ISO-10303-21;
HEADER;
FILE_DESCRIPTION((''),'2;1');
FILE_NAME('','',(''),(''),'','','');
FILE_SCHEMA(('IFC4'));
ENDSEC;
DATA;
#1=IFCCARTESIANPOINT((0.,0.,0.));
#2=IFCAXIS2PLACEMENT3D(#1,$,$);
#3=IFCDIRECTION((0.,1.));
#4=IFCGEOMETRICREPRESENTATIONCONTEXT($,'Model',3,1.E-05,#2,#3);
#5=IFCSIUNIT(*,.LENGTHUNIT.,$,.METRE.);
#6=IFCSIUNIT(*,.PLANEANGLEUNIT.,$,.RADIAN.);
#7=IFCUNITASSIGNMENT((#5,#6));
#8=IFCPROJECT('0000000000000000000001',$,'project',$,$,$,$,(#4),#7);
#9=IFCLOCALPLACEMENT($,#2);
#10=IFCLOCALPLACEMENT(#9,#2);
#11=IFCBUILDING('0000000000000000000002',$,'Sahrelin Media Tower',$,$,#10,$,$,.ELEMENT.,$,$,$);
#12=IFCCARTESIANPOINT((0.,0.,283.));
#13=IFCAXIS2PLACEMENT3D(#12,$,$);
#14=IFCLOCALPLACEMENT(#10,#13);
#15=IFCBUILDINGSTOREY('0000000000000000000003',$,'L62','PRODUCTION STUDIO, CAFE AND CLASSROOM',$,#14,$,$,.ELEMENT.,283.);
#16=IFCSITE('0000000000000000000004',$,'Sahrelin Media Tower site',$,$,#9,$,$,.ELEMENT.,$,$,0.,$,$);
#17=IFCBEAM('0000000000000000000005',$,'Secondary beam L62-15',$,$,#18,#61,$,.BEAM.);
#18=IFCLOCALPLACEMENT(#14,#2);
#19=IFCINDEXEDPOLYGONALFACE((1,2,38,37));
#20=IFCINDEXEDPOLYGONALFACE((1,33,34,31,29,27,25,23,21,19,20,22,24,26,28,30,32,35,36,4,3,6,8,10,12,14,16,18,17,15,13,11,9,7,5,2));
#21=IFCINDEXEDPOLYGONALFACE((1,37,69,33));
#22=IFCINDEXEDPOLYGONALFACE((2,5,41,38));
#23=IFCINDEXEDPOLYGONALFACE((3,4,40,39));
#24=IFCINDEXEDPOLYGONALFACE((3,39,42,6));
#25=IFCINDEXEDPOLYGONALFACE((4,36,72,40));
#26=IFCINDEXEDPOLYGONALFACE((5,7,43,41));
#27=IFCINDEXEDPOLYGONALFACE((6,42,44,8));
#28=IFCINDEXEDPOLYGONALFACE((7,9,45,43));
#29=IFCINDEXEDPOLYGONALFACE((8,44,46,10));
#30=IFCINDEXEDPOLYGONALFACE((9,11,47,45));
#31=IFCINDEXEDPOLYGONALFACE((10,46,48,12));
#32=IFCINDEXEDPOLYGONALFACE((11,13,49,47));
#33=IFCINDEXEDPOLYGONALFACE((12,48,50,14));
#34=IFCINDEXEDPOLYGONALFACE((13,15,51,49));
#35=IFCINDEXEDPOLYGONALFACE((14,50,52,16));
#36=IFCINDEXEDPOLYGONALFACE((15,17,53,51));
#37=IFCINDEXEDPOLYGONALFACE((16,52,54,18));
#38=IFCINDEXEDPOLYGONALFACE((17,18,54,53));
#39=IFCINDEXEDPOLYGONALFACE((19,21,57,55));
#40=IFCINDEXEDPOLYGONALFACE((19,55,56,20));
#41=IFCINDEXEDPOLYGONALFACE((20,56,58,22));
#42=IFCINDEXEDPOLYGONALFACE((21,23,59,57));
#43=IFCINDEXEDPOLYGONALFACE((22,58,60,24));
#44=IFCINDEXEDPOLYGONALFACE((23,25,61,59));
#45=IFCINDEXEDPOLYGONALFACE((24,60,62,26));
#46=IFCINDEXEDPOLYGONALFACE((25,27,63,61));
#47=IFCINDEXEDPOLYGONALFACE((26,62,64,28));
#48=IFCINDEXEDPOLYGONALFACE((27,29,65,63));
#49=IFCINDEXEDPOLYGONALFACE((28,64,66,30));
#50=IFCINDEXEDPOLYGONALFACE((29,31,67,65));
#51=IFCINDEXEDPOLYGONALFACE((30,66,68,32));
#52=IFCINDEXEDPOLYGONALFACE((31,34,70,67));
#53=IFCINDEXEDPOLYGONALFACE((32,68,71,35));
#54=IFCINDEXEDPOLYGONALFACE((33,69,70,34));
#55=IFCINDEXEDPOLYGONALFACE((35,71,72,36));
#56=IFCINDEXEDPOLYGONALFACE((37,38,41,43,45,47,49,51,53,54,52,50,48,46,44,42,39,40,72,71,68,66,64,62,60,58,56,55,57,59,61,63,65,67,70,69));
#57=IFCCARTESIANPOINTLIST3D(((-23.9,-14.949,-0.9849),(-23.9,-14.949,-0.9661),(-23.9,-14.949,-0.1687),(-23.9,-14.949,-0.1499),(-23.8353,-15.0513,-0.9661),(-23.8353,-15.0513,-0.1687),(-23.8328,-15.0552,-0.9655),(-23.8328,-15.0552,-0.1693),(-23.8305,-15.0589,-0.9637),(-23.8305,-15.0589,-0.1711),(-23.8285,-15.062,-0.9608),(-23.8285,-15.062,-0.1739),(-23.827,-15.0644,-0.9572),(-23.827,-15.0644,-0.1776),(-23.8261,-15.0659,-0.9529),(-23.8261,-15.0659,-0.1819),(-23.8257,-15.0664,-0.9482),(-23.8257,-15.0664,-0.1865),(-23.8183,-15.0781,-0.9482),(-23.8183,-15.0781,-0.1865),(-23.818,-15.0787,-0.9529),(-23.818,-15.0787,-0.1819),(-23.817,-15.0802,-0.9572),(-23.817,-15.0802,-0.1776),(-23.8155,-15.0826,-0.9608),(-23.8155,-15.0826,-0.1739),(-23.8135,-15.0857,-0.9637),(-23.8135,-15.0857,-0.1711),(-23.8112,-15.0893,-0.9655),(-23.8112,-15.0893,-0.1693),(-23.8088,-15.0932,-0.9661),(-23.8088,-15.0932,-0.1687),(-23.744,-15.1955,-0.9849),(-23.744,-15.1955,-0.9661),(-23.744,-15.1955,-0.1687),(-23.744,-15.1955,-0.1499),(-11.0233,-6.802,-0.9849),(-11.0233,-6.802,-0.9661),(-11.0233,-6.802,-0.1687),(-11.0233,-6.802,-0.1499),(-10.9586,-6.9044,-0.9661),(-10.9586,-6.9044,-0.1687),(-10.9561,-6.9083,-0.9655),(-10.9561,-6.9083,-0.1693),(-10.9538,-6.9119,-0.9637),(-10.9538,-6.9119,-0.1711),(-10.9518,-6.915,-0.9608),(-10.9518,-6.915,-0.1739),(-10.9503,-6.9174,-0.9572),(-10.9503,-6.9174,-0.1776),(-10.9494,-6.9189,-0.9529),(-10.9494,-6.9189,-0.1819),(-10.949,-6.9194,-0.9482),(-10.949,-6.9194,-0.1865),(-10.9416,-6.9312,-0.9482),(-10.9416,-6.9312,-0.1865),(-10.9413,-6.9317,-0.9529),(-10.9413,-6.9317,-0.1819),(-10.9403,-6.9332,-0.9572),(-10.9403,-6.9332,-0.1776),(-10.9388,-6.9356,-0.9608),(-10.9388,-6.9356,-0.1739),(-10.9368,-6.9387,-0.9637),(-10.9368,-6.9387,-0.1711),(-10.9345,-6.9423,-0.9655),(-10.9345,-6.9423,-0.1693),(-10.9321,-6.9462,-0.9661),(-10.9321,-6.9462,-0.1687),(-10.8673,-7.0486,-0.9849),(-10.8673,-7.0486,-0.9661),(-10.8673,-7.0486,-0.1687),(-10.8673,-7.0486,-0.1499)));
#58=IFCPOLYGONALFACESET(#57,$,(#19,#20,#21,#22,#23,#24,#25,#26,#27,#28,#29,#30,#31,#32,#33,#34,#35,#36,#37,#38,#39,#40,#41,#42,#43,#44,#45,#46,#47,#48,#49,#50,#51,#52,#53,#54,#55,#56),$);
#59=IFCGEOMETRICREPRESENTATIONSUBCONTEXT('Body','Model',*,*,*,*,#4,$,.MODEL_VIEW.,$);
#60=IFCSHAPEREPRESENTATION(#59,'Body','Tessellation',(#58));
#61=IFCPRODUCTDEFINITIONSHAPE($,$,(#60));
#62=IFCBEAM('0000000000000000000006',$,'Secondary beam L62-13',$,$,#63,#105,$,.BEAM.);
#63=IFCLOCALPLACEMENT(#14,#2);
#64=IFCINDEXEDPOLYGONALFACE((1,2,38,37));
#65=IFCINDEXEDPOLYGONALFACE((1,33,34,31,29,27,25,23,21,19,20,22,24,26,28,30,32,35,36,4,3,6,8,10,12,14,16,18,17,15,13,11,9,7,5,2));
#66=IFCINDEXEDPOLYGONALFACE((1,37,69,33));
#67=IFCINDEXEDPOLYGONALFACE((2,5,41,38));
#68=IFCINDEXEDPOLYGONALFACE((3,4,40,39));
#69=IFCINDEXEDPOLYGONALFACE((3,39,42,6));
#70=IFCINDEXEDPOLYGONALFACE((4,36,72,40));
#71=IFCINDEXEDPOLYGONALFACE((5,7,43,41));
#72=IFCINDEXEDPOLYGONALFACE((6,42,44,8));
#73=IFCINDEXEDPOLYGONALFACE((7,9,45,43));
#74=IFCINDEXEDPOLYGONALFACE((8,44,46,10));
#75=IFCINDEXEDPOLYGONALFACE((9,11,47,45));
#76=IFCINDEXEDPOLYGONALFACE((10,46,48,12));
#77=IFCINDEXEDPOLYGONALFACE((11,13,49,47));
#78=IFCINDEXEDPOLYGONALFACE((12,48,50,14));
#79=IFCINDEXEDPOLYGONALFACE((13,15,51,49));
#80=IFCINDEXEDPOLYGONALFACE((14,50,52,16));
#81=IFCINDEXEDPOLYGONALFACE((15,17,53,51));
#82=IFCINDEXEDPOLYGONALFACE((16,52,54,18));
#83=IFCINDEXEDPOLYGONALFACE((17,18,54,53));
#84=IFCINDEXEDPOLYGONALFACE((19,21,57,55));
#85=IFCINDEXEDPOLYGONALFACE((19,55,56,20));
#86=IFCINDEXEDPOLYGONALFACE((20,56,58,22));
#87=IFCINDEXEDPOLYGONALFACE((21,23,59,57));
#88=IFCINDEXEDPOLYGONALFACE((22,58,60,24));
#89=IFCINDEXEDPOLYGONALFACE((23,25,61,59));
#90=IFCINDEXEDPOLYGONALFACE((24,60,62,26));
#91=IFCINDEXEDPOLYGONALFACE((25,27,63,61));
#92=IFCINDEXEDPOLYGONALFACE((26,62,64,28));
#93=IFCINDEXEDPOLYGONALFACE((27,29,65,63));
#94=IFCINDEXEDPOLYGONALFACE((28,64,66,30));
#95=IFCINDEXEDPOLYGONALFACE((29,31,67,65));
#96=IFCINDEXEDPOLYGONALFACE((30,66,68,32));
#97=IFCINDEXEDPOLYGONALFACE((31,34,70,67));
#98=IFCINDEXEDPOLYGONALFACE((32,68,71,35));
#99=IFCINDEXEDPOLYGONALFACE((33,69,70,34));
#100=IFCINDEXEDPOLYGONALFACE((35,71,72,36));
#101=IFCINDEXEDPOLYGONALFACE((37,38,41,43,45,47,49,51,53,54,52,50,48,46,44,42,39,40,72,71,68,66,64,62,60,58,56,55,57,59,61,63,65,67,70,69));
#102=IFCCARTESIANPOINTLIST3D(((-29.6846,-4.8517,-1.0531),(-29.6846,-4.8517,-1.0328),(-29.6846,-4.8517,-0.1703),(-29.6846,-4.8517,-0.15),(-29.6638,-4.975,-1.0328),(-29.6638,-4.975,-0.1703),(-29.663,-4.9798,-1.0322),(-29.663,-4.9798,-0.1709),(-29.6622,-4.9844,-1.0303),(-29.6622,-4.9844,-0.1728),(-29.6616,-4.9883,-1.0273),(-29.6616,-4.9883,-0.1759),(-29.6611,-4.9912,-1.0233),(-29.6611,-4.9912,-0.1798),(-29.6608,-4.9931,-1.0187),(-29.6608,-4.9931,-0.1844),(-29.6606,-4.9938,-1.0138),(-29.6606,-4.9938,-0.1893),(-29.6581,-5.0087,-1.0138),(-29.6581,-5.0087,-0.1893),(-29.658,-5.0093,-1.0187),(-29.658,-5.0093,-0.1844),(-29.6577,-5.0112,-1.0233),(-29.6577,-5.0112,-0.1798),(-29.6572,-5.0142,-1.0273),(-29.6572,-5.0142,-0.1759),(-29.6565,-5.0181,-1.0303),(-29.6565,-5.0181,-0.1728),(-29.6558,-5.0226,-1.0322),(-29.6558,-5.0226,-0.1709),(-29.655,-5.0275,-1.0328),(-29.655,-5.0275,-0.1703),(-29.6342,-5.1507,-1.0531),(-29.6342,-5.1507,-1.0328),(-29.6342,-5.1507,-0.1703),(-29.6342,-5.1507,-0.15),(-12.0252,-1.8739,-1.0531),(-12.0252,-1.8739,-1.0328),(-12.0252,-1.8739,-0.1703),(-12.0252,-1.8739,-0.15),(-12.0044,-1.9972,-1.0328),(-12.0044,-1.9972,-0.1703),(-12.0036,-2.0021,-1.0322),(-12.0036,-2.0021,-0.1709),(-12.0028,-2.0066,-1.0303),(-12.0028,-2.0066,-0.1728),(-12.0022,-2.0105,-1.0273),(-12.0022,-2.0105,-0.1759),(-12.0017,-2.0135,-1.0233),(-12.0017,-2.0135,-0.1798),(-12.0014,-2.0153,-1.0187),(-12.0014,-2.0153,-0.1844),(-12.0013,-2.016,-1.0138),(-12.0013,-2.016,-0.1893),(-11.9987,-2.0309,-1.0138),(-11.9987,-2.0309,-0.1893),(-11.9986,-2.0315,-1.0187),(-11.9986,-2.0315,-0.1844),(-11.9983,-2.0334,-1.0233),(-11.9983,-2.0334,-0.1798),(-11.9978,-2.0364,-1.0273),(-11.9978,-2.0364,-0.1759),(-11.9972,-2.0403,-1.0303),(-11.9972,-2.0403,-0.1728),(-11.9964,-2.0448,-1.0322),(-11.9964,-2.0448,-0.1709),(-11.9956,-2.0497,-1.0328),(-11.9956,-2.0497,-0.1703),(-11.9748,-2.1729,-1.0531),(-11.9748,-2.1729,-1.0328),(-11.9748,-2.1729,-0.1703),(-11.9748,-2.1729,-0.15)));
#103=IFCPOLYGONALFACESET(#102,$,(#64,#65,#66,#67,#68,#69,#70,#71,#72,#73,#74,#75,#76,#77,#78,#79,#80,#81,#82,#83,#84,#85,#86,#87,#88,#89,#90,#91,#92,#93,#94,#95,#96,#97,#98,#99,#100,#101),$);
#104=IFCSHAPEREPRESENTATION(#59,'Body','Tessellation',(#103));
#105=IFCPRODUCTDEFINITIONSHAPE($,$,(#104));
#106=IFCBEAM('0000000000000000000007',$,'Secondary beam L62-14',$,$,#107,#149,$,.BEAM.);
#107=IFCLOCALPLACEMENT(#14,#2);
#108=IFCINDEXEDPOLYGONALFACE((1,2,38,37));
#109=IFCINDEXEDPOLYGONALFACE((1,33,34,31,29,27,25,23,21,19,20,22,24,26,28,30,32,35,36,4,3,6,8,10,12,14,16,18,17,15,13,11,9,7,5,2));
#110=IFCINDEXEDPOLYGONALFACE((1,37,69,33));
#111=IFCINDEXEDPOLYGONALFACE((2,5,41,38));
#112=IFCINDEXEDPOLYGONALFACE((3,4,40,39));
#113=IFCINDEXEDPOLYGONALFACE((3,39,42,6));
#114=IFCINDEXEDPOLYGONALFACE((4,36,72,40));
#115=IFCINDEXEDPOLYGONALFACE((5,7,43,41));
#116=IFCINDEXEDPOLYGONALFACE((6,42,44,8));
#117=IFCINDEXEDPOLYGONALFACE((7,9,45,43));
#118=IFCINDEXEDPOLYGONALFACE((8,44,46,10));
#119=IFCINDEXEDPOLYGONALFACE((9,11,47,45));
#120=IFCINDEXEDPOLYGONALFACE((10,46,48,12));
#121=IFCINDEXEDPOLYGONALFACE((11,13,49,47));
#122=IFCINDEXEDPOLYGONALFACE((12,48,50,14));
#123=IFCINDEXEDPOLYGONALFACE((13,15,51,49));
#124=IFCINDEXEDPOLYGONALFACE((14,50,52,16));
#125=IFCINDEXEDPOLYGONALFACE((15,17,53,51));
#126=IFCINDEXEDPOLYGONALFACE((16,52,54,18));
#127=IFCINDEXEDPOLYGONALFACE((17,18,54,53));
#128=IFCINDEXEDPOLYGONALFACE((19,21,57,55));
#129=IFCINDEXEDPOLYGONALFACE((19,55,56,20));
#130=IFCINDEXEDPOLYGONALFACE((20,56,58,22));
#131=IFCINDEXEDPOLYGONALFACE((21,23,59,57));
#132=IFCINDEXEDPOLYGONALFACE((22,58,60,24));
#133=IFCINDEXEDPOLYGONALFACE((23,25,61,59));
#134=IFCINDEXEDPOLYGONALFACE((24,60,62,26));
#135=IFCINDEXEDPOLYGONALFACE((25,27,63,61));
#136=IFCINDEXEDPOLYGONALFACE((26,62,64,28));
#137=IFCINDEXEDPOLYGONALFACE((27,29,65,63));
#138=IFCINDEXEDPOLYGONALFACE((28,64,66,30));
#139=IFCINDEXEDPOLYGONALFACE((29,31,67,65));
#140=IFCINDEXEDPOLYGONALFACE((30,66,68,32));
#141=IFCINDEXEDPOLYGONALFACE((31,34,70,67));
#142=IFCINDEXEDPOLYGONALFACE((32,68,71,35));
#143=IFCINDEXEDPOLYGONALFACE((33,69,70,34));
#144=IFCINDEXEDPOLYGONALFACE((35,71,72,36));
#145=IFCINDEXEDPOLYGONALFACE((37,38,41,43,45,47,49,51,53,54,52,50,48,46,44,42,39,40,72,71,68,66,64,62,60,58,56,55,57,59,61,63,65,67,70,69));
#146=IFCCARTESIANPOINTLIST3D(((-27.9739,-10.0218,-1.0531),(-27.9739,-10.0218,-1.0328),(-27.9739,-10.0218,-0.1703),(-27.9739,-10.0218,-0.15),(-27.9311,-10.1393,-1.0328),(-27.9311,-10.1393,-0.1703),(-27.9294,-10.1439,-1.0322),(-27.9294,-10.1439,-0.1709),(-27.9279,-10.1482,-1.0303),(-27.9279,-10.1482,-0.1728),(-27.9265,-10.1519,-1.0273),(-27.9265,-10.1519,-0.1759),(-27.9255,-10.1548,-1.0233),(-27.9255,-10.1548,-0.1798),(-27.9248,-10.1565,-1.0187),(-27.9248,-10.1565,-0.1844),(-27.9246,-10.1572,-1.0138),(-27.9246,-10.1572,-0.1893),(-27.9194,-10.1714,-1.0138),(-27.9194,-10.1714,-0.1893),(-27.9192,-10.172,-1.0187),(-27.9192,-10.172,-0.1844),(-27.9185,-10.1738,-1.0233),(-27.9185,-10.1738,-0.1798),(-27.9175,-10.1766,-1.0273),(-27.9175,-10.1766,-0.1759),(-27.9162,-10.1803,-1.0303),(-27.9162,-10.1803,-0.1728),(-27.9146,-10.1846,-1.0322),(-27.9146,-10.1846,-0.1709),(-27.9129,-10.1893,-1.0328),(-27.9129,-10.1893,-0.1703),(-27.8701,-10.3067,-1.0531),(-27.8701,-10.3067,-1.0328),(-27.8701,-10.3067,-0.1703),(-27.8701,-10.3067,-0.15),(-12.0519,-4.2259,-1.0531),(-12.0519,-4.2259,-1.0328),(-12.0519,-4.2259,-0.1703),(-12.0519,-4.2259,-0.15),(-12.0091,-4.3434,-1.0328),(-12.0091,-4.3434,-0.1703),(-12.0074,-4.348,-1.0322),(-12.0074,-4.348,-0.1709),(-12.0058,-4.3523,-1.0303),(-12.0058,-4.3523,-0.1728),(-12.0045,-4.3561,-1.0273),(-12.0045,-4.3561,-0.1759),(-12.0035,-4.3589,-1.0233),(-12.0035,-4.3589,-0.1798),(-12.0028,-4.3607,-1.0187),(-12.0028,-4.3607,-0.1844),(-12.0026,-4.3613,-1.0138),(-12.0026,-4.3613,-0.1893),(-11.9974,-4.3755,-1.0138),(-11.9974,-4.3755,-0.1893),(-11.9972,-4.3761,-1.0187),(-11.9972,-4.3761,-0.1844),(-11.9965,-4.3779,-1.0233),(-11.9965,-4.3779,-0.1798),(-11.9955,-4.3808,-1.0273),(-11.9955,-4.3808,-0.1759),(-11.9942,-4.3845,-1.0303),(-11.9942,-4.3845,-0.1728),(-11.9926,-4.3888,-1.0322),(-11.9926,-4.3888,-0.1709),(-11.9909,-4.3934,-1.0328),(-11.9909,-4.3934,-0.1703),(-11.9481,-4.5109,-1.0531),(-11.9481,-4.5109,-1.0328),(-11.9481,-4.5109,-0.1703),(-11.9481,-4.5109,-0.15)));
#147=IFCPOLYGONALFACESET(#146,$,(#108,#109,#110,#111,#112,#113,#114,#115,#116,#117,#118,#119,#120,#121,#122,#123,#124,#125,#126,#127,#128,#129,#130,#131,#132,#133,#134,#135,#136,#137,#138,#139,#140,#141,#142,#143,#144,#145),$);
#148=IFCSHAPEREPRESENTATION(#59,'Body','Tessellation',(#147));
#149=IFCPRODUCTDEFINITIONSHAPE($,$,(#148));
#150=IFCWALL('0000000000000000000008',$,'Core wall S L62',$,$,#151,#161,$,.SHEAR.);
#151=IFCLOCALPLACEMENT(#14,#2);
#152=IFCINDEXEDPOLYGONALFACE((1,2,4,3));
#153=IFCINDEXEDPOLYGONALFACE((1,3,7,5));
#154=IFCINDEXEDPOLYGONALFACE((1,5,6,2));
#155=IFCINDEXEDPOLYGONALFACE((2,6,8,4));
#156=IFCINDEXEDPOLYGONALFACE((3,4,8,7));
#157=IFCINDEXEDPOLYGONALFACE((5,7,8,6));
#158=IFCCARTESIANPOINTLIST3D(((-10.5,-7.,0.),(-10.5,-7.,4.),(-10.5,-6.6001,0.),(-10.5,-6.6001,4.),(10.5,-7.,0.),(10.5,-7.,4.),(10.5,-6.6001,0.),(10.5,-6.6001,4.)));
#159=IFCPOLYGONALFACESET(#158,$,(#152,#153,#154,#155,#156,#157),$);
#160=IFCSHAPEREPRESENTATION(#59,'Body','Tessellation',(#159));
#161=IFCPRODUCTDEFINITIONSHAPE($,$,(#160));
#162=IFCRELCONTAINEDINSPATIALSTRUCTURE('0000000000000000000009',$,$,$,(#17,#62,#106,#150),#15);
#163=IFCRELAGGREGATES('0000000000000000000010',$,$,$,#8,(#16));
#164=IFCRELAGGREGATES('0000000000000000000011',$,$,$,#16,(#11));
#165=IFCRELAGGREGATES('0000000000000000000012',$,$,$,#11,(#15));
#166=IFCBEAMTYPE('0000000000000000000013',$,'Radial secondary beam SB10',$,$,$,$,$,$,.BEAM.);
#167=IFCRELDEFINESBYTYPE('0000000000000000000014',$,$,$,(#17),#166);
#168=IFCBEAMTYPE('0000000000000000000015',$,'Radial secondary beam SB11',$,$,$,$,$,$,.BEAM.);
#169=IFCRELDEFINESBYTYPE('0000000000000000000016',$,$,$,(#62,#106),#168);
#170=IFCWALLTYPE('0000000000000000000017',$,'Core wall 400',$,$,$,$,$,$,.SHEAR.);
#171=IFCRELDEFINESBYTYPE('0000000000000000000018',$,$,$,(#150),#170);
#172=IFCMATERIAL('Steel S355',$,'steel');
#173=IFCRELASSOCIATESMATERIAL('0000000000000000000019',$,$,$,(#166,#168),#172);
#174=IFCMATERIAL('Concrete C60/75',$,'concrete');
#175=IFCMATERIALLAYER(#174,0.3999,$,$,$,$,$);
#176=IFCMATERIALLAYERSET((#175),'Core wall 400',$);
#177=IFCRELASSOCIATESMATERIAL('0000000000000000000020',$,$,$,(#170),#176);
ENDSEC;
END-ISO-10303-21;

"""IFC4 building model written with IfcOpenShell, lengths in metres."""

from ifc_helpers import new_model, si_unit, direction, frame, frame_2d, origin, origin_2d, place, context, subcontext, project, spatial, rectangle, i_section, extrude, material, layer, layer_set, material_profile, profile_set, type_object, element, save


model = new_model("IFC4")

# Units and contexts
model_context = context("Model", 3, precision=1e-05, world=origin(), true_north=direction((0.0, 1.0)))
body_context = subcontext(model_context, "Body", "Model", "MODEL_VIEW")
ifc_project = project(units=[si_unit("LENGTHUNIT", "METRE"), si_unit("PLANEANGLEUNIT", "RADIAN")], contexts=[model_context])

# Site, building, storey
site_placement = place(None, origin())
site = spatial("IfcSite", under=ifc_project, at=site_placement, Name="Sahrelin Media Tower site", CompositionType="ELEMENT", RefElevation=0.0)
building_placement = place(site_placement, origin())
building = spatial("IfcBuilding", under=site, at=building_placement, Name="Sahrelin Media Tower", CompositionType="ELEMENT")
storey_placement = place(building_placement, frame((0.0, 0.0, 283.0)))
storey = spatial("IfcBuildingStorey", under=building, at=storey_placement, Name="L62", Description="PRODUCTION STUDIO, CAFE AND CLASSROOM", CompositionType="ELEMENT", Elevation=283.0)

# Beams
ifc_material_1 = material(Name="Steel S355", Category="steel")
ifc_material_profile_1 = material_profile(ifc_material_1, i_section(OverallWidth=0.2917, OverallDepth=0.835, WebThickness=0.0139, FlangeThickness=0.0188, FilletRadius=0.0178, at=origin_2d()), Name="UB 838x292x176")
ifc_profile_set_1 = profile_set([ifc_material_profile_1], Name="Steel S355")
beam_type_1 = type_object("IfcBeamType", Name="Radial secondary beam SB10", PredefinedType="BEAM", material=ifc_profile_set_1)
beam_1_placement = place(storey_placement, frame((-10.9453, -6.9253, -0.5674), z_axis=(-0.845065, -0.534664, 0.0), x_axis=(0.534664, -0.845065, 0.0)))
element("IfcBeam", 1, at=beam_1_placement, inside=storey, type_object=beam_type_1, Name="Secondary beam L62-15", PredefinedType="BEAM", context=body_context, shape_type="SweptSolid", body=[
    extrude(i_section(OverallWidth=0.2917, OverallDepth=0.835, WebThickness=0.0139, FlangeThickness=0.0188, FilletRadius=0.0178, at=origin_2d()), origin(), (0.0, 0.0, 1.0), 15.2375),
])
ifc_material_profile_2 = material_profile(ifc_material_1, i_section(OverallWidth=0.3032, OverallDepth=0.9031, WebThickness=0.0151, FlangeThickness=0.0203, FilletRadius=0.019, at=origin_2d()), Name="UB 914x305x201")
ifc_profile_set_2 = profile_set([ifc_material_profile_2], Name="Steel S355")
beam_type_2 = type_object("IfcBeamType", Name="Radial secondary beam SB11", PredefinedType="BEAM", material=ifc_profile_set_2)
beam_2_placement = place(storey_placement, frame((-12.0, -2.0234, -0.6016), z_axis=(-0.986079, -0.166276, 0.0), x_axis=(0.166276, -0.986079, 0.0)))
element("IfcBeam", 2, at=beam_2_placement, inside=storey, type_object=beam_type_2, Name="Secondary beam L62-13", PredefinedType="BEAM", context=body_context, shape_type="SweptSolid", body=[
    extrude(i_section(OverallWidth=0.3032, OverallDepth=0.9031, WebThickness=0.0151, FlangeThickness=0.0203, FilletRadius=0.019, at=origin_2d()), origin(), (0.0, 0.0, 1.0), 17.9087),
])
beam_3_placement = place(storey_placement, frame((-12.0, -4.3684, -0.6016), z_axis=(-0.939679, -0.342058, 0.0), x_axis=(0.342058, -0.939679, 0.0)))
element("IfcBeam", 3, at=beam_3_placement, inside=storey, type_object=beam_type_2, Name="Secondary beam L62-14", PredefinedType="BEAM", context=body_context, shape_type="SweptSolid", body=[
    extrude(i_section(OverallWidth=0.3032, OverallDepth=0.9031, WebThickness=0.0151, FlangeThickness=0.0203, FilletRadius=0.019, at=origin_2d()), origin(), (0.0, 0.0, 1.0), 16.9441),
])

# Wall
ifc_material_2 = material(Name="Concrete C60/75", Category="concrete")
ifc_layer_1 = layer(ifc_material_2, 0.3999)
ifc_layer_set_1 = layer_set([ifc_layer_1], Name="Core wall 400")
wall_type_1 = type_object("IfcWallType", Name="Core wall 400", PredefinedType="SHEAR", material=ifc_layer_set_1)
wall_1_placement = place(storey_placement, frame((-10.5, -6.8, 0.0), z_axis=(0.0, 0.0, 1.0), x_axis=(1.0, 0.0, 0.0)))
element("IfcWall", 4, at=wall_1_placement, inside=storey, type_object=wall_type_1, Name="Core wall S L62", PredefinedType="SHEAR", context=body_context, shape_type="SweptSolid", body=[
    extrude(rectangle(XDim=21.0, YDim=0.3999, at=frame_2d((10.5, 0.0))), origin(), (0.0, 0.0, 1.0), 4.0),
])

save(model, "model.ifc")
